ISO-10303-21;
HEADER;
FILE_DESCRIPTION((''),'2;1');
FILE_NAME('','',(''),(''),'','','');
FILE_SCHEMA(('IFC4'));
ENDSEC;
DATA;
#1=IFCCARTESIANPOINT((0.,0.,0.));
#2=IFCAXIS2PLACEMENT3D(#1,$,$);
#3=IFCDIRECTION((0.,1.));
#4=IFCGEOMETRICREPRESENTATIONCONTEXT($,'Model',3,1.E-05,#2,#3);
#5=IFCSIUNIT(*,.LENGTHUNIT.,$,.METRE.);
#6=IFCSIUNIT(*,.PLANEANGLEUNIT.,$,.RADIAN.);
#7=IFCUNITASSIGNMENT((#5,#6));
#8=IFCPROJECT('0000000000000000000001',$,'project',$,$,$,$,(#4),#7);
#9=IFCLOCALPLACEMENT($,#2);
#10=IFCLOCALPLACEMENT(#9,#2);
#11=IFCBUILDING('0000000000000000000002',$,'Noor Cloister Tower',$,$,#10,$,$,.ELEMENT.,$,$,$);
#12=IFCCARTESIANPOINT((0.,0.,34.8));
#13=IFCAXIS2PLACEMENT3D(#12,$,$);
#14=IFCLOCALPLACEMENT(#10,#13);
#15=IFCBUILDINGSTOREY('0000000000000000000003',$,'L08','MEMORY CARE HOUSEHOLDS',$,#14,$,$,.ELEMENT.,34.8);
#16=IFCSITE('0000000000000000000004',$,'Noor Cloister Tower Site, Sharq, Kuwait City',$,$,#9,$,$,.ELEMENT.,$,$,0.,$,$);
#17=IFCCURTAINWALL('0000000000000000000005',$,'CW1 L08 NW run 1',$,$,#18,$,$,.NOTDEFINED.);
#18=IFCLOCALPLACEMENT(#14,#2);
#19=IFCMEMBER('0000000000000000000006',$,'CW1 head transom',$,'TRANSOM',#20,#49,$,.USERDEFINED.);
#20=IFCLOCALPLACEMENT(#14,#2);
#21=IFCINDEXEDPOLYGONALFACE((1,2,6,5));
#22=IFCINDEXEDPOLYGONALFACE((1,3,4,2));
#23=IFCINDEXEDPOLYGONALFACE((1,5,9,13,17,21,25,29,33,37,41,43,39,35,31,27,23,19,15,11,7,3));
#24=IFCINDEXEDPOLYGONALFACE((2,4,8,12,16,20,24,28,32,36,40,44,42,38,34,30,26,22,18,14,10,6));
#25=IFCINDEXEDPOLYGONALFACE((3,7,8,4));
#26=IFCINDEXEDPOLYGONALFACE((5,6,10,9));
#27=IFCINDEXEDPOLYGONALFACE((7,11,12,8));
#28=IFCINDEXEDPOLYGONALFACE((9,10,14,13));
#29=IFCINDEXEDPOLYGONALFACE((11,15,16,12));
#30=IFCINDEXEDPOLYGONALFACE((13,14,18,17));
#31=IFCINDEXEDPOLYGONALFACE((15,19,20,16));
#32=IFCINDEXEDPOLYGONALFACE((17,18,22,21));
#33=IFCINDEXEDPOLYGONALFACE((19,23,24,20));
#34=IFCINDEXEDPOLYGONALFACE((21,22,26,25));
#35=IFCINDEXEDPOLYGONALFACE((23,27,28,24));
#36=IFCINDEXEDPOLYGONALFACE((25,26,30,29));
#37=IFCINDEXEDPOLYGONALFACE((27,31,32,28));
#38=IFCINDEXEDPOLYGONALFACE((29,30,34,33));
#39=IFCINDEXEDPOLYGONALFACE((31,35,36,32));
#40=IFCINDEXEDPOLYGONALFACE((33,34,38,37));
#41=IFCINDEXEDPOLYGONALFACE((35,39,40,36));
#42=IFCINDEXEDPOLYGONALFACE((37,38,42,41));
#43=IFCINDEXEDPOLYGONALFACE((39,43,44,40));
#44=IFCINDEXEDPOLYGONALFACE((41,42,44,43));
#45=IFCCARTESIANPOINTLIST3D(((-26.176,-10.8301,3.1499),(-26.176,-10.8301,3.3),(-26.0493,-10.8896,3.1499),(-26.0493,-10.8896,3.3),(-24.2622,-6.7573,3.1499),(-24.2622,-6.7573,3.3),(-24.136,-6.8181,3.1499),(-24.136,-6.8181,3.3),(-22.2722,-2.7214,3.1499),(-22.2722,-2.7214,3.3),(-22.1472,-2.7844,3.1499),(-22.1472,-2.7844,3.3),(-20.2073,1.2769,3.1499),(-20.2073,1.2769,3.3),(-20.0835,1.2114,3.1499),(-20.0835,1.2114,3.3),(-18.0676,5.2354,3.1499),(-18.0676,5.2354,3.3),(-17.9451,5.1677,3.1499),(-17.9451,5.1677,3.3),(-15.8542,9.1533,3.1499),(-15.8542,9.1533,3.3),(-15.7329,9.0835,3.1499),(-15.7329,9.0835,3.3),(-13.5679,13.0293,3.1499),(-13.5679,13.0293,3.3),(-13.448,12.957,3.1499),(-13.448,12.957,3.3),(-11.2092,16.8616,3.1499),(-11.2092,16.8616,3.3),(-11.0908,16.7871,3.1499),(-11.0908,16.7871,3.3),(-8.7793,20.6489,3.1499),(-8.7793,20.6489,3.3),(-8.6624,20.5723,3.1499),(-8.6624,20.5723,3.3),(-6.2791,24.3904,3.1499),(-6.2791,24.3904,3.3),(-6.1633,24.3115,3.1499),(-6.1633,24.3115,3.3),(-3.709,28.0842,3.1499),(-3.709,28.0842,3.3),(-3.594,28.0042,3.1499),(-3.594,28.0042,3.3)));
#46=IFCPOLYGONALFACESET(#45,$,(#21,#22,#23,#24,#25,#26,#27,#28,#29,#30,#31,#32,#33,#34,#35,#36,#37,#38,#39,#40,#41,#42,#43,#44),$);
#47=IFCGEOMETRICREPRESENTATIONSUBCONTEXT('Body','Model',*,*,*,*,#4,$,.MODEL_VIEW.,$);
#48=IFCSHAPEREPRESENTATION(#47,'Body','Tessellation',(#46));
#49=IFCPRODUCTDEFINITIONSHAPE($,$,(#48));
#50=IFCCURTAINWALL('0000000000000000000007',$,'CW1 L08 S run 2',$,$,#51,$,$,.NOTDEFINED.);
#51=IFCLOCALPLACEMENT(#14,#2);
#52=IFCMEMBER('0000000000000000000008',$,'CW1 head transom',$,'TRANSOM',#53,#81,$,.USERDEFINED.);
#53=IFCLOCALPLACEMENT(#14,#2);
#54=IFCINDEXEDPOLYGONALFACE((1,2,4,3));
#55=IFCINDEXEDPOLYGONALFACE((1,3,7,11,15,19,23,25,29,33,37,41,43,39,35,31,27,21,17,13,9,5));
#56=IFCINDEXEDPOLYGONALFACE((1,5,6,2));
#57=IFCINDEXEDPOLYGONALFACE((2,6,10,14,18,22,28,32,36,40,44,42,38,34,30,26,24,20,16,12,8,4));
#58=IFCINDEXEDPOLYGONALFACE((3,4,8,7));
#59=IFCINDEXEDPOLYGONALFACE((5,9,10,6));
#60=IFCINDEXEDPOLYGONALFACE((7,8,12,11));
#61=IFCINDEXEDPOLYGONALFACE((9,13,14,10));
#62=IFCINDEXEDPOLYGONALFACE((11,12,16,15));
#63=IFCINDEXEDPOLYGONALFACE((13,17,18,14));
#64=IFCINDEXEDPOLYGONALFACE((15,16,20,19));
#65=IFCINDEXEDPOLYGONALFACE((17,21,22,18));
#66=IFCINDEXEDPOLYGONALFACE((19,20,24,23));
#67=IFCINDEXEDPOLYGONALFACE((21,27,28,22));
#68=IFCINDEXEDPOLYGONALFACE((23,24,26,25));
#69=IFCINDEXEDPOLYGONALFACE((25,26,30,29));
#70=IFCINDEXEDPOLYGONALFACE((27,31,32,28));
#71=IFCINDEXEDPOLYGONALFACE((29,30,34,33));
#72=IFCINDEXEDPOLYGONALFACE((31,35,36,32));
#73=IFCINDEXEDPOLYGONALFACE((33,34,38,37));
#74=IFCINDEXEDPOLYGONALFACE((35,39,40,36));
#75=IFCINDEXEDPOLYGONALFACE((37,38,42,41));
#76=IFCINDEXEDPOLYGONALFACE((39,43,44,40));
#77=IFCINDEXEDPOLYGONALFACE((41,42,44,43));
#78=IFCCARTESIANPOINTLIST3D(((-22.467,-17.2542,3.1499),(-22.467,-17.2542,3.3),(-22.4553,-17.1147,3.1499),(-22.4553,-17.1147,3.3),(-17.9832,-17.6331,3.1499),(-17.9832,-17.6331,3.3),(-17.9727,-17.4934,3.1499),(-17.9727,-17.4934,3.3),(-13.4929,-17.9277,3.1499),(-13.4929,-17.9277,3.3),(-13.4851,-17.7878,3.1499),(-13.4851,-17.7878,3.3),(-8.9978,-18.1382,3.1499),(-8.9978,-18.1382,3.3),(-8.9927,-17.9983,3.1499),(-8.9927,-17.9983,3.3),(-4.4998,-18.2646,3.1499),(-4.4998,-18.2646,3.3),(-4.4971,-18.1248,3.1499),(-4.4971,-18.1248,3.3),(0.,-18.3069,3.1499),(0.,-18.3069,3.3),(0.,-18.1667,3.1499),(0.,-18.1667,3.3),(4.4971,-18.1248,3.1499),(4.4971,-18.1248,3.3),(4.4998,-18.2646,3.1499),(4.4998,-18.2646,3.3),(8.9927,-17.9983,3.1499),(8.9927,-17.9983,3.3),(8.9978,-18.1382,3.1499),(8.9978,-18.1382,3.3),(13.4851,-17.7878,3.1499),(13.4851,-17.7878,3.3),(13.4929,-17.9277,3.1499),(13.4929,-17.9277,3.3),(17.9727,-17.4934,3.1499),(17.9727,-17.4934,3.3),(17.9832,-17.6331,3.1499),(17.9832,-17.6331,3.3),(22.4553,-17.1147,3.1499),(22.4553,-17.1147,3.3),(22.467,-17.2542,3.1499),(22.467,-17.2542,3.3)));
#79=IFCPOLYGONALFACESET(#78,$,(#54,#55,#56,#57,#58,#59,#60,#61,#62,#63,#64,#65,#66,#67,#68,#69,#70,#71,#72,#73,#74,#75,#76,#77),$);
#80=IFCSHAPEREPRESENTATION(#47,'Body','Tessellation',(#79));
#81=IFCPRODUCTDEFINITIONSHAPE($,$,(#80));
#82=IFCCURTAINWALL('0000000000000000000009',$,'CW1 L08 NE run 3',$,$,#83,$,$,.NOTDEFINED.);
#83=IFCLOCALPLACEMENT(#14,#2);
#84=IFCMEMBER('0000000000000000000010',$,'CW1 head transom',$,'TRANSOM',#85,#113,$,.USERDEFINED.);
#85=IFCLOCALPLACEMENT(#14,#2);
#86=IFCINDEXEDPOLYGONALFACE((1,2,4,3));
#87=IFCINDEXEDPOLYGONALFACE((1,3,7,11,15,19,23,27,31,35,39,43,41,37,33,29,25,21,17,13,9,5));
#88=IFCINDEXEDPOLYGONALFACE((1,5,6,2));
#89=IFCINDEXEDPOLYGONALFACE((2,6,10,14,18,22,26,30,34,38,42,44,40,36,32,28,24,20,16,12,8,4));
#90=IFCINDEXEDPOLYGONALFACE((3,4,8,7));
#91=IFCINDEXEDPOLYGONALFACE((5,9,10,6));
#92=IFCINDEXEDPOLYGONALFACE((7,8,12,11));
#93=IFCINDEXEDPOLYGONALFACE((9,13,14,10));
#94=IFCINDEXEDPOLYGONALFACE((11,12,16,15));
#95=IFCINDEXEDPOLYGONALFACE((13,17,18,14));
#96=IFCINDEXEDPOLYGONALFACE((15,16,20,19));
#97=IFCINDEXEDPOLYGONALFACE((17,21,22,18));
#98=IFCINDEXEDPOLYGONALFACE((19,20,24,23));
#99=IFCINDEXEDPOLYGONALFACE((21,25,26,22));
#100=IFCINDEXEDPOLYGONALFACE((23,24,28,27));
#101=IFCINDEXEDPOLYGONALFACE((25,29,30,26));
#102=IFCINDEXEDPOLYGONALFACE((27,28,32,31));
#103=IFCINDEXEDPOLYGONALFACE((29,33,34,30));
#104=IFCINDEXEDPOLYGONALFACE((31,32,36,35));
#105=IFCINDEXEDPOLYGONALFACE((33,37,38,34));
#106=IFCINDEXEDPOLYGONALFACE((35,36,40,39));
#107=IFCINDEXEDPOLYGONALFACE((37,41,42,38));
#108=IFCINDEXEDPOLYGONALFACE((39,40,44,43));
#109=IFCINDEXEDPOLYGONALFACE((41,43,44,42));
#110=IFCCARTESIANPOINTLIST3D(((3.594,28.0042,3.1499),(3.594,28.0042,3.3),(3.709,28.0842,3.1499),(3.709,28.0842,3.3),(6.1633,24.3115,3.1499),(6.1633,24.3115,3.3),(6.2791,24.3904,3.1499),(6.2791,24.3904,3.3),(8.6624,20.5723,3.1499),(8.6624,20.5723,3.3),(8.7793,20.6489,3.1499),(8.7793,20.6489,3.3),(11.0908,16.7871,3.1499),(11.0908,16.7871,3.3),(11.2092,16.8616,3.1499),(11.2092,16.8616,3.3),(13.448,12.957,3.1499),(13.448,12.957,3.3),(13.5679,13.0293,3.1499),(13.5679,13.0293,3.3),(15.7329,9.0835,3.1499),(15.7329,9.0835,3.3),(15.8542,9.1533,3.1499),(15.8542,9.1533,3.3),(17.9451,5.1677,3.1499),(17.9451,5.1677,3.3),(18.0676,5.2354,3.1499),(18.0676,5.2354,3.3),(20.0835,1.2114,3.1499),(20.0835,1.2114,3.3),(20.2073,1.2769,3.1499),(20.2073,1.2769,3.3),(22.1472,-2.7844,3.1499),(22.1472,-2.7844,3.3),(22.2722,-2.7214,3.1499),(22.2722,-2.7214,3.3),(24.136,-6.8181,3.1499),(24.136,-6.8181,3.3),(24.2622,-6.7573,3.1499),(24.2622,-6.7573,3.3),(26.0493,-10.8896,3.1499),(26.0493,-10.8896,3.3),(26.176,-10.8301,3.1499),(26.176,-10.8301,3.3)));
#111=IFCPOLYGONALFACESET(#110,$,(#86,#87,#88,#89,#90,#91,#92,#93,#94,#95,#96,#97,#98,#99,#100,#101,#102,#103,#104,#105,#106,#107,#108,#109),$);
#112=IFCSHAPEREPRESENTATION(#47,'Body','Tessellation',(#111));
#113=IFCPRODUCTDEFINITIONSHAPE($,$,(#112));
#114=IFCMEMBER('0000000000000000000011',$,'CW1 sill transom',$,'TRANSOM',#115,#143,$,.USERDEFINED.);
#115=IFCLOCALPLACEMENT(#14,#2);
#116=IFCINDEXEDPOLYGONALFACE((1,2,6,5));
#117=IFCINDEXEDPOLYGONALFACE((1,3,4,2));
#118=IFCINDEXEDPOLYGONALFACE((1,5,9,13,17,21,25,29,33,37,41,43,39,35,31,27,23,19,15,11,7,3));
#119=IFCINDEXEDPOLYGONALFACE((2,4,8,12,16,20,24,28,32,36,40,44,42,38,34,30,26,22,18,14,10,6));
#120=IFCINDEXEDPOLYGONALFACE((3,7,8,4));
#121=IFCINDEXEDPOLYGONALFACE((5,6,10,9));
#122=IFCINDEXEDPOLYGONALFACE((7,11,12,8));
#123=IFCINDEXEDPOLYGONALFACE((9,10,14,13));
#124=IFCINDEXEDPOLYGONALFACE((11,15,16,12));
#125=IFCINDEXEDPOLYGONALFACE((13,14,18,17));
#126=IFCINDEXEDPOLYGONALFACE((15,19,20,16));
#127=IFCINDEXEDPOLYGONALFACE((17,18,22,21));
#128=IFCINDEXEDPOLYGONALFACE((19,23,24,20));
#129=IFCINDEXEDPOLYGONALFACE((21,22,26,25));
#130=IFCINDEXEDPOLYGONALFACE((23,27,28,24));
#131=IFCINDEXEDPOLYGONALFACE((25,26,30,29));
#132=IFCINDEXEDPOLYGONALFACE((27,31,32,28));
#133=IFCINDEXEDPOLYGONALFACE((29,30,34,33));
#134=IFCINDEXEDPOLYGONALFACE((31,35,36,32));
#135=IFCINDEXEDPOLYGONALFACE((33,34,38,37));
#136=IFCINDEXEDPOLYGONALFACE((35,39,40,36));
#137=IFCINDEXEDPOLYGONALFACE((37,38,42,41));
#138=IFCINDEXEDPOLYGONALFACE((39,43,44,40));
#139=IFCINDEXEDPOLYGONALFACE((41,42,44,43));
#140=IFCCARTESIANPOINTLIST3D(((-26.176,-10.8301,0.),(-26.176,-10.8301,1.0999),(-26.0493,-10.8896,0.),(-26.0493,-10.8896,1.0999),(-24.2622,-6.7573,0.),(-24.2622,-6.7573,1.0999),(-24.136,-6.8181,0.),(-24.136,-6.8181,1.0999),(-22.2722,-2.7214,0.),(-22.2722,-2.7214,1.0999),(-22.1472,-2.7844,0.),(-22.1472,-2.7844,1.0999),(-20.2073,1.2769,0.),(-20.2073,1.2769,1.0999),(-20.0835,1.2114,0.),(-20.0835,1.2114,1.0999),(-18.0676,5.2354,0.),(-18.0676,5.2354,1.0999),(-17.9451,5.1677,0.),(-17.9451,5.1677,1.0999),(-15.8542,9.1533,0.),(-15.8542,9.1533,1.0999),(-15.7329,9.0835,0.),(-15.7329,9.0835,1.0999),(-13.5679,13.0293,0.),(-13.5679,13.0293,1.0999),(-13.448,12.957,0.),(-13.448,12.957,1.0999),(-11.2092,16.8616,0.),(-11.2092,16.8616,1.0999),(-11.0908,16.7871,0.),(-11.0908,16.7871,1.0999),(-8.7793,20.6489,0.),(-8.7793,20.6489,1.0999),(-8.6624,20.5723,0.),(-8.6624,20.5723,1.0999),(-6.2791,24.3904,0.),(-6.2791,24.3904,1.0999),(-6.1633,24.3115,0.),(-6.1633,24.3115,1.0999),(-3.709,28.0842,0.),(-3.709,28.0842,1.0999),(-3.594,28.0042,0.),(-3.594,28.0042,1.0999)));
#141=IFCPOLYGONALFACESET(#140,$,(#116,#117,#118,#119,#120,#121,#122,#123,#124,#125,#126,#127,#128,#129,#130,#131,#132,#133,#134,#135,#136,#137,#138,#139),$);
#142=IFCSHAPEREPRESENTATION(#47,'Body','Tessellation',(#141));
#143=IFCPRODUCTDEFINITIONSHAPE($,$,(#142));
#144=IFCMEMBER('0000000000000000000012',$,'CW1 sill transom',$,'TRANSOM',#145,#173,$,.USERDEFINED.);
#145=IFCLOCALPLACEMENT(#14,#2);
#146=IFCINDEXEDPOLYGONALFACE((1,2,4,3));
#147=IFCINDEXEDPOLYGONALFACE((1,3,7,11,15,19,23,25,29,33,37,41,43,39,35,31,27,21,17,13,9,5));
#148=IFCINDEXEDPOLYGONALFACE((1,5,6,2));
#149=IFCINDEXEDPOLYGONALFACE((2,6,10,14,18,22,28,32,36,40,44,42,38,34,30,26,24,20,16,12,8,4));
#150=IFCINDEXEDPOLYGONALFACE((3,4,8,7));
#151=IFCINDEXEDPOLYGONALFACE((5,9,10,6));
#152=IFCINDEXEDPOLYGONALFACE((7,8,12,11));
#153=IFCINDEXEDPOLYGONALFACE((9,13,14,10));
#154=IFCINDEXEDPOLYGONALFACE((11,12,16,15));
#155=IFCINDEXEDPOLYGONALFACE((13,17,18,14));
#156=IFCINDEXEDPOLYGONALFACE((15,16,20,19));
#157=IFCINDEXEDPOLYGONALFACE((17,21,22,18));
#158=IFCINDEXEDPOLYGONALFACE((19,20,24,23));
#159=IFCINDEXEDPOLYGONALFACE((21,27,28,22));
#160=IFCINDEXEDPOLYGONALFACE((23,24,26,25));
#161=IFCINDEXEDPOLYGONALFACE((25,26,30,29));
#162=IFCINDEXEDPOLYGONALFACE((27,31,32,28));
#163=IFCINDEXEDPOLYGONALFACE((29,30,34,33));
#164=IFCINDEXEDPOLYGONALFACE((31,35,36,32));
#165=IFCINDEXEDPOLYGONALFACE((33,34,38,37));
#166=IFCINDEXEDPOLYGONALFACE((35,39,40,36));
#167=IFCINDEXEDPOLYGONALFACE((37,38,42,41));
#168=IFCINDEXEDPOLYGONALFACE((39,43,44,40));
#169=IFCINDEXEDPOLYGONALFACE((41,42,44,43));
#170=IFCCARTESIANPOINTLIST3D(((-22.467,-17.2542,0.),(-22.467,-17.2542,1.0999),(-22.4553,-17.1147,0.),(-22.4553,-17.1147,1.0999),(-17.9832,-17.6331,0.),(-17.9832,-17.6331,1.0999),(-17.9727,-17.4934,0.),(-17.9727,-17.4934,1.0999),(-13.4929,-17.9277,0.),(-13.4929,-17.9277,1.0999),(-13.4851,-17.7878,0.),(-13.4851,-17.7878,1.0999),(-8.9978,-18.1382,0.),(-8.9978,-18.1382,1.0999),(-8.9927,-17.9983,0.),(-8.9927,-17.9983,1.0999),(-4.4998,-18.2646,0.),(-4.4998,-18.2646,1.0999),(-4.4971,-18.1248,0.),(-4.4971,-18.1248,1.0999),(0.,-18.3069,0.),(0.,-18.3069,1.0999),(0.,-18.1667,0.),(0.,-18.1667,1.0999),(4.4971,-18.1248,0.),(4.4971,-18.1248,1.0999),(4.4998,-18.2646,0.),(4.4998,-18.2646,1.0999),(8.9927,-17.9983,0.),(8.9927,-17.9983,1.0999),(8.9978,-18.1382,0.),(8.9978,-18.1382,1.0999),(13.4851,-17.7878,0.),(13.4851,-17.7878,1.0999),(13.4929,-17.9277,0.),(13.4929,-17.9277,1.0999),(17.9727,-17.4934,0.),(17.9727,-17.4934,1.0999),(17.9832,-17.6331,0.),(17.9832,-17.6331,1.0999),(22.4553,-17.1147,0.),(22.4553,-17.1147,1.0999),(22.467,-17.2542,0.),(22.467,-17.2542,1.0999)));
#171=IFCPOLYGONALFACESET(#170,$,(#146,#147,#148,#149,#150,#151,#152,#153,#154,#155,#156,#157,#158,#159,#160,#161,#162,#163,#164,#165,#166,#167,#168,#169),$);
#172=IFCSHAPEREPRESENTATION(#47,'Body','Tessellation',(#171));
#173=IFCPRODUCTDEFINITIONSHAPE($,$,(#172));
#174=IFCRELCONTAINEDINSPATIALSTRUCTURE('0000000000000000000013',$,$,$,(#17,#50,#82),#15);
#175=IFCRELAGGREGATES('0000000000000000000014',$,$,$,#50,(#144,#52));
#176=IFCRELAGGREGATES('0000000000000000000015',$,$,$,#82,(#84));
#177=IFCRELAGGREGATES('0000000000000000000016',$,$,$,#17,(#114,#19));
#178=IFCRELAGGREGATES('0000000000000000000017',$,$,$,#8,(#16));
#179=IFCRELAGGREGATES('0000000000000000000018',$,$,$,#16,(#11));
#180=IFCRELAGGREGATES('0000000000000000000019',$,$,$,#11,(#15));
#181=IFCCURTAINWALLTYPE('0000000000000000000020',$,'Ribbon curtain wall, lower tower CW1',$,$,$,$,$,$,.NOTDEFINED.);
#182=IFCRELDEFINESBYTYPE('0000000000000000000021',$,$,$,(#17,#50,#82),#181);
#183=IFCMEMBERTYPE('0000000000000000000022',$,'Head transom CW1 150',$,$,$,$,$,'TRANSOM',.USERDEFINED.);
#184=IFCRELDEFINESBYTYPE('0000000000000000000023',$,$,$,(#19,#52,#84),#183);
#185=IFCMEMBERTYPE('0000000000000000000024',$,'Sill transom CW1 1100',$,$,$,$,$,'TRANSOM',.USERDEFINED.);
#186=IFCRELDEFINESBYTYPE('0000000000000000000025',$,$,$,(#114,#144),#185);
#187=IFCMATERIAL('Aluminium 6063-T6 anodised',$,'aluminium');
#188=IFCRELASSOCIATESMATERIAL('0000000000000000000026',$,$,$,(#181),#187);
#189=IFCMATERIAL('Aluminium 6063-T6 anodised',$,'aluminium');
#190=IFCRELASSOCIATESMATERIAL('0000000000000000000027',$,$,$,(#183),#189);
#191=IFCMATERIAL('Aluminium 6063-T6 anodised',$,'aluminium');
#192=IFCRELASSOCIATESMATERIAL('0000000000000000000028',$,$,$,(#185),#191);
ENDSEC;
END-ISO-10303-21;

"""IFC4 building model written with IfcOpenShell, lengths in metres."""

from ifc_helpers import new_model, si_unit, direction, frame, origin, place, context, subcontext, project, spatial, polyline, outline, extrude, material, type_object, element, aggregate, save


model = new_model("IFC4")

# Units and contexts
model_context = context("Model", 3, precision=1e-05, world=origin(), true_north=direction((0.0, 1.0)))
body_context = subcontext(model_context, "Body", "Model", "MODEL_VIEW")
ifc_project = project(units=[si_unit("LENGTHUNIT", "METRE"), si_unit("PLANEANGLEUNIT", "RADIAN")], contexts=[model_context])

# Site, building, storey
site_placement = place(None, origin())
site = spatial("IfcSite", under=ifc_project, at=site_placement, Name="Noor Cloister Tower Site, Sharq, Kuwait City", CompositionType="ELEMENT", RefElevation=0.0)
building_placement = place(site_placement, origin())
building = spatial("IfcBuilding", under=site, at=building_placement, Name="Noor Cloister Tower", CompositionType="ELEMENT")
storey_placement = place(building_placement, frame((0.0, 0.0, 34.8)))
storey = spatial("IfcBuildingStorey", under=building, at=storey_placement, Name="L08", Description="MEMORY CARE HOUSEHOLDS", CompositionType="ELEMENT", Elevation=34.8)

# Curtain walls, members
ifc_material_1 = material(Name="Aluminium 6063-T6 anodised", Category="aluminium")
curtain_wall_type = type_object("IfcCurtainWallType", Name="Ribbon curtain wall, lower tower CW1", PredefinedType="NOTDEFINED", material=ifc_material_1)
curtain_wall_1_placement = place(storey_placement, origin())
curtain_wall_1 = element("IfcCurtainWall", 1, at=curtain_wall_1_placement, inside=storey, type_object=curtain_wall_type, Name="CW1 L08 NW run 1", PredefinedType="NOTDEFINED")
ifc_material_2 = material(Name="Aluminium 6063-T6 anodised", Category="aluminium")
member_type_1 = type_object("IfcMemberType", Name="Head transom CW1 150", ElementType="TRANSOM", PredefinedType="USERDEFINED", material=ifc_material_2)
member_1_placement = place(storey_placement, frame((0.0, 0.0, 3.1499)))
member_1 = element("IfcMember", 2, at=member_1_placement, type_object=member_type_1, Name="CW1 head transom", ObjectType="TRANSOM", PredefinedType="USERDEFINED", context=body_context, shape_type="SweptSolid", body=[
    extrude(outline(polyline([(-3.709, 28.0842), (-6.2791, 24.3904), (-8.7793, 20.6489), (-11.2092, 16.8616), (-13.5679, 13.0293), (-15.8542, 9.1533), (-18.0676, 5.2354), (-20.2073, 1.2769), (-22.2722, -2.7214), (-24.2622, -6.7573), (-26.176, -10.8301), (-26.0493, -10.8896), (-24.136, -6.8181), (-22.1472, -2.7844), (-20.0835, 1.2114), (-17.9451, 5.1677), (-15.7329, 9.0835), (-13.448, 12.957), (-11.0908, 16.7871), (-8.6624, 20.5723), (-6.1633, 24.3115), (-3.594, 28.0042), (-3.709, 28.0842)])), origin(), (0.0, 0.0, 1.0), 0.1501),
])
curtain_wall_2_placement = place(storey_placement, origin())
curtain_wall_2 = element("IfcCurtainWall", 3, at=curtain_wall_2_placement, inside=storey, type_object=curtain_wall_type, Name="CW1 L08 S run 2", PredefinedType="NOTDEFINED")
member_2_placement = place(storey_placement, frame((0.0, 0.0, 3.1499)))
member_2 = element("IfcMember", 4, at=member_2_placement, type_object=member_type_1, Name="CW1 head transom", ObjectType="TRANSOM", PredefinedType="USERDEFINED", context=body_context, shape_type="SweptSolid", body=[
    extrude(outline(polyline([(-22.467, -17.2542), (-17.9832, -17.6331), (-13.4929, -17.9277), (-8.9978, -18.1382), (-4.4998, -18.2646), (0.0, -18.3069), (4.4998, -18.2646), (8.9978, -18.1382), (13.4929, -17.9277), (17.9832, -17.6331), (22.467, -17.2542), (22.4553, -17.1147), (17.9727, -17.4934), (13.4851, -17.7878), (8.9927, -17.9983), (4.4971, -18.1248), (0.0, -18.1667), (-4.4971, -18.1248), (-8.9927, -17.9983), (-13.4851, -17.7878), (-17.9727, -17.4934), (-22.4553, -17.1147), (-22.467, -17.2542)])), origin(), (0.0, 0.0, 1.0), 0.1501),
])
curtain_wall_3_placement = place(storey_placement, origin())
curtain_wall_3 = element("IfcCurtainWall", 5, at=curtain_wall_3_placement, inside=storey, type_object=curtain_wall_type, Name="CW1 L08 NE run 3", PredefinedType="NOTDEFINED")
member_3_placement = place(storey_placement, frame((0.0, 0.0, 3.1499)))
member_3 = element("IfcMember", 6, at=member_3_placement, type_object=member_type_1, Name="CW1 head transom", ObjectType="TRANSOM", PredefinedType="USERDEFINED", context=body_context, shape_type="SweptSolid", body=[
    extrude(outline(polyline([(26.176, -10.8301), (24.2622, -6.7573), (22.2722, -2.7214), (20.2073, 1.2769), (18.0676, 5.2354), (15.8542, 9.1533), (13.5679, 13.0293), (11.2092, 16.8616), (8.7793, 20.6489), (6.2791, 24.3904), (3.709, 28.0842), (3.594, 28.0042), (6.1633, 24.3115), (8.6624, 20.5723), (11.0908, 16.7871), (13.448, 12.957), (15.7329, 9.0835), (17.9451, 5.1677), (20.0835, 1.2114), (22.1472, -2.7844), (24.136, -6.8181), (26.0493, -10.8896), (26.176, -10.8301)])), origin(), (0.0, 0.0, 1.0), 0.1501),
])

# Members
ifc_material_3 = material(Name="Aluminium 6063-T6 anodised", Category="aluminium")
member_type_2 = type_object("IfcMemberType", Name="Sill transom CW1 1100", ElementType="TRANSOM", PredefinedType="USERDEFINED", material=ifc_material_3)
member_4_placement = place(storey_placement, origin())
member_4 = element("IfcMember", 7, at=member_4_placement, type_object=member_type_2, Name="CW1 sill transom", ObjectType="TRANSOM", PredefinedType="USERDEFINED", context=body_context, shape_type="SweptSolid", body=[
    extrude(outline(polyline([(-3.709, 28.0842), (-6.2791, 24.3904), (-8.7793, 20.6489), (-11.2092, 16.8616), (-13.5679, 13.0293), (-15.8542, 9.1533), (-18.0676, 5.2354), (-20.2073, 1.2769), (-22.2722, -2.7214), (-24.2622, -6.7573), (-26.176, -10.8301), (-26.0493, -10.8896), (-24.136, -6.8181), (-22.1472, -2.7844), (-20.0835, 1.2114), (-17.9451, 5.1677), (-15.7329, 9.0835), (-13.448, 12.957), (-11.0908, 16.7871), (-8.6624, 20.5723), (-6.1633, 24.3115), (-3.594, 28.0042), (-3.709, 28.0842)])), origin(), (0.0, 0.0, 1.0), 1.0999),
])
member_5_placement = place(storey_placement, origin())
member_5 = element("IfcMember", 8, at=member_5_placement, type_object=member_type_2, Name="CW1 sill transom", ObjectType="TRANSOM", PredefinedType="USERDEFINED", context=body_context, shape_type="SweptSolid", body=[
    extrude(outline(polyline([(-22.467, -17.2542), (-17.9832, -17.6331), (-13.4929, -17.9277), (-8.9978, -18.1382), (-4.4998, -18.2646), (0.0, -18.3069), (4.4998, -18.2646), (8.9978, -18.1382), (13.4929, -17.9277), (17.9832, -17.6331), (22.467, -17.2542), (22.4553, -17.1147), (17.9727, -17.4934), (13.4851, -17.7878), (8.9927, -17.9983), (4.4971, -18.1248), (0.0, -18.1667), (-4.4971, -18.1248), (-8.9927, -17.9983), (-13.4851, -17.7878), (-17.9727, -17.4934), (-22.4553, -17.1147), (-22.467, -17.2542)])), origin(), (0.0, 0.0, 1.0), 1.0999),
])
aggregate(curtain_wall_2, [member_5, member_2])
aggregate(curtain_wall_3, [member_3])

aggregate(curtain_wall_1, [member_4, member_1])

save(model, "model.ifc")
